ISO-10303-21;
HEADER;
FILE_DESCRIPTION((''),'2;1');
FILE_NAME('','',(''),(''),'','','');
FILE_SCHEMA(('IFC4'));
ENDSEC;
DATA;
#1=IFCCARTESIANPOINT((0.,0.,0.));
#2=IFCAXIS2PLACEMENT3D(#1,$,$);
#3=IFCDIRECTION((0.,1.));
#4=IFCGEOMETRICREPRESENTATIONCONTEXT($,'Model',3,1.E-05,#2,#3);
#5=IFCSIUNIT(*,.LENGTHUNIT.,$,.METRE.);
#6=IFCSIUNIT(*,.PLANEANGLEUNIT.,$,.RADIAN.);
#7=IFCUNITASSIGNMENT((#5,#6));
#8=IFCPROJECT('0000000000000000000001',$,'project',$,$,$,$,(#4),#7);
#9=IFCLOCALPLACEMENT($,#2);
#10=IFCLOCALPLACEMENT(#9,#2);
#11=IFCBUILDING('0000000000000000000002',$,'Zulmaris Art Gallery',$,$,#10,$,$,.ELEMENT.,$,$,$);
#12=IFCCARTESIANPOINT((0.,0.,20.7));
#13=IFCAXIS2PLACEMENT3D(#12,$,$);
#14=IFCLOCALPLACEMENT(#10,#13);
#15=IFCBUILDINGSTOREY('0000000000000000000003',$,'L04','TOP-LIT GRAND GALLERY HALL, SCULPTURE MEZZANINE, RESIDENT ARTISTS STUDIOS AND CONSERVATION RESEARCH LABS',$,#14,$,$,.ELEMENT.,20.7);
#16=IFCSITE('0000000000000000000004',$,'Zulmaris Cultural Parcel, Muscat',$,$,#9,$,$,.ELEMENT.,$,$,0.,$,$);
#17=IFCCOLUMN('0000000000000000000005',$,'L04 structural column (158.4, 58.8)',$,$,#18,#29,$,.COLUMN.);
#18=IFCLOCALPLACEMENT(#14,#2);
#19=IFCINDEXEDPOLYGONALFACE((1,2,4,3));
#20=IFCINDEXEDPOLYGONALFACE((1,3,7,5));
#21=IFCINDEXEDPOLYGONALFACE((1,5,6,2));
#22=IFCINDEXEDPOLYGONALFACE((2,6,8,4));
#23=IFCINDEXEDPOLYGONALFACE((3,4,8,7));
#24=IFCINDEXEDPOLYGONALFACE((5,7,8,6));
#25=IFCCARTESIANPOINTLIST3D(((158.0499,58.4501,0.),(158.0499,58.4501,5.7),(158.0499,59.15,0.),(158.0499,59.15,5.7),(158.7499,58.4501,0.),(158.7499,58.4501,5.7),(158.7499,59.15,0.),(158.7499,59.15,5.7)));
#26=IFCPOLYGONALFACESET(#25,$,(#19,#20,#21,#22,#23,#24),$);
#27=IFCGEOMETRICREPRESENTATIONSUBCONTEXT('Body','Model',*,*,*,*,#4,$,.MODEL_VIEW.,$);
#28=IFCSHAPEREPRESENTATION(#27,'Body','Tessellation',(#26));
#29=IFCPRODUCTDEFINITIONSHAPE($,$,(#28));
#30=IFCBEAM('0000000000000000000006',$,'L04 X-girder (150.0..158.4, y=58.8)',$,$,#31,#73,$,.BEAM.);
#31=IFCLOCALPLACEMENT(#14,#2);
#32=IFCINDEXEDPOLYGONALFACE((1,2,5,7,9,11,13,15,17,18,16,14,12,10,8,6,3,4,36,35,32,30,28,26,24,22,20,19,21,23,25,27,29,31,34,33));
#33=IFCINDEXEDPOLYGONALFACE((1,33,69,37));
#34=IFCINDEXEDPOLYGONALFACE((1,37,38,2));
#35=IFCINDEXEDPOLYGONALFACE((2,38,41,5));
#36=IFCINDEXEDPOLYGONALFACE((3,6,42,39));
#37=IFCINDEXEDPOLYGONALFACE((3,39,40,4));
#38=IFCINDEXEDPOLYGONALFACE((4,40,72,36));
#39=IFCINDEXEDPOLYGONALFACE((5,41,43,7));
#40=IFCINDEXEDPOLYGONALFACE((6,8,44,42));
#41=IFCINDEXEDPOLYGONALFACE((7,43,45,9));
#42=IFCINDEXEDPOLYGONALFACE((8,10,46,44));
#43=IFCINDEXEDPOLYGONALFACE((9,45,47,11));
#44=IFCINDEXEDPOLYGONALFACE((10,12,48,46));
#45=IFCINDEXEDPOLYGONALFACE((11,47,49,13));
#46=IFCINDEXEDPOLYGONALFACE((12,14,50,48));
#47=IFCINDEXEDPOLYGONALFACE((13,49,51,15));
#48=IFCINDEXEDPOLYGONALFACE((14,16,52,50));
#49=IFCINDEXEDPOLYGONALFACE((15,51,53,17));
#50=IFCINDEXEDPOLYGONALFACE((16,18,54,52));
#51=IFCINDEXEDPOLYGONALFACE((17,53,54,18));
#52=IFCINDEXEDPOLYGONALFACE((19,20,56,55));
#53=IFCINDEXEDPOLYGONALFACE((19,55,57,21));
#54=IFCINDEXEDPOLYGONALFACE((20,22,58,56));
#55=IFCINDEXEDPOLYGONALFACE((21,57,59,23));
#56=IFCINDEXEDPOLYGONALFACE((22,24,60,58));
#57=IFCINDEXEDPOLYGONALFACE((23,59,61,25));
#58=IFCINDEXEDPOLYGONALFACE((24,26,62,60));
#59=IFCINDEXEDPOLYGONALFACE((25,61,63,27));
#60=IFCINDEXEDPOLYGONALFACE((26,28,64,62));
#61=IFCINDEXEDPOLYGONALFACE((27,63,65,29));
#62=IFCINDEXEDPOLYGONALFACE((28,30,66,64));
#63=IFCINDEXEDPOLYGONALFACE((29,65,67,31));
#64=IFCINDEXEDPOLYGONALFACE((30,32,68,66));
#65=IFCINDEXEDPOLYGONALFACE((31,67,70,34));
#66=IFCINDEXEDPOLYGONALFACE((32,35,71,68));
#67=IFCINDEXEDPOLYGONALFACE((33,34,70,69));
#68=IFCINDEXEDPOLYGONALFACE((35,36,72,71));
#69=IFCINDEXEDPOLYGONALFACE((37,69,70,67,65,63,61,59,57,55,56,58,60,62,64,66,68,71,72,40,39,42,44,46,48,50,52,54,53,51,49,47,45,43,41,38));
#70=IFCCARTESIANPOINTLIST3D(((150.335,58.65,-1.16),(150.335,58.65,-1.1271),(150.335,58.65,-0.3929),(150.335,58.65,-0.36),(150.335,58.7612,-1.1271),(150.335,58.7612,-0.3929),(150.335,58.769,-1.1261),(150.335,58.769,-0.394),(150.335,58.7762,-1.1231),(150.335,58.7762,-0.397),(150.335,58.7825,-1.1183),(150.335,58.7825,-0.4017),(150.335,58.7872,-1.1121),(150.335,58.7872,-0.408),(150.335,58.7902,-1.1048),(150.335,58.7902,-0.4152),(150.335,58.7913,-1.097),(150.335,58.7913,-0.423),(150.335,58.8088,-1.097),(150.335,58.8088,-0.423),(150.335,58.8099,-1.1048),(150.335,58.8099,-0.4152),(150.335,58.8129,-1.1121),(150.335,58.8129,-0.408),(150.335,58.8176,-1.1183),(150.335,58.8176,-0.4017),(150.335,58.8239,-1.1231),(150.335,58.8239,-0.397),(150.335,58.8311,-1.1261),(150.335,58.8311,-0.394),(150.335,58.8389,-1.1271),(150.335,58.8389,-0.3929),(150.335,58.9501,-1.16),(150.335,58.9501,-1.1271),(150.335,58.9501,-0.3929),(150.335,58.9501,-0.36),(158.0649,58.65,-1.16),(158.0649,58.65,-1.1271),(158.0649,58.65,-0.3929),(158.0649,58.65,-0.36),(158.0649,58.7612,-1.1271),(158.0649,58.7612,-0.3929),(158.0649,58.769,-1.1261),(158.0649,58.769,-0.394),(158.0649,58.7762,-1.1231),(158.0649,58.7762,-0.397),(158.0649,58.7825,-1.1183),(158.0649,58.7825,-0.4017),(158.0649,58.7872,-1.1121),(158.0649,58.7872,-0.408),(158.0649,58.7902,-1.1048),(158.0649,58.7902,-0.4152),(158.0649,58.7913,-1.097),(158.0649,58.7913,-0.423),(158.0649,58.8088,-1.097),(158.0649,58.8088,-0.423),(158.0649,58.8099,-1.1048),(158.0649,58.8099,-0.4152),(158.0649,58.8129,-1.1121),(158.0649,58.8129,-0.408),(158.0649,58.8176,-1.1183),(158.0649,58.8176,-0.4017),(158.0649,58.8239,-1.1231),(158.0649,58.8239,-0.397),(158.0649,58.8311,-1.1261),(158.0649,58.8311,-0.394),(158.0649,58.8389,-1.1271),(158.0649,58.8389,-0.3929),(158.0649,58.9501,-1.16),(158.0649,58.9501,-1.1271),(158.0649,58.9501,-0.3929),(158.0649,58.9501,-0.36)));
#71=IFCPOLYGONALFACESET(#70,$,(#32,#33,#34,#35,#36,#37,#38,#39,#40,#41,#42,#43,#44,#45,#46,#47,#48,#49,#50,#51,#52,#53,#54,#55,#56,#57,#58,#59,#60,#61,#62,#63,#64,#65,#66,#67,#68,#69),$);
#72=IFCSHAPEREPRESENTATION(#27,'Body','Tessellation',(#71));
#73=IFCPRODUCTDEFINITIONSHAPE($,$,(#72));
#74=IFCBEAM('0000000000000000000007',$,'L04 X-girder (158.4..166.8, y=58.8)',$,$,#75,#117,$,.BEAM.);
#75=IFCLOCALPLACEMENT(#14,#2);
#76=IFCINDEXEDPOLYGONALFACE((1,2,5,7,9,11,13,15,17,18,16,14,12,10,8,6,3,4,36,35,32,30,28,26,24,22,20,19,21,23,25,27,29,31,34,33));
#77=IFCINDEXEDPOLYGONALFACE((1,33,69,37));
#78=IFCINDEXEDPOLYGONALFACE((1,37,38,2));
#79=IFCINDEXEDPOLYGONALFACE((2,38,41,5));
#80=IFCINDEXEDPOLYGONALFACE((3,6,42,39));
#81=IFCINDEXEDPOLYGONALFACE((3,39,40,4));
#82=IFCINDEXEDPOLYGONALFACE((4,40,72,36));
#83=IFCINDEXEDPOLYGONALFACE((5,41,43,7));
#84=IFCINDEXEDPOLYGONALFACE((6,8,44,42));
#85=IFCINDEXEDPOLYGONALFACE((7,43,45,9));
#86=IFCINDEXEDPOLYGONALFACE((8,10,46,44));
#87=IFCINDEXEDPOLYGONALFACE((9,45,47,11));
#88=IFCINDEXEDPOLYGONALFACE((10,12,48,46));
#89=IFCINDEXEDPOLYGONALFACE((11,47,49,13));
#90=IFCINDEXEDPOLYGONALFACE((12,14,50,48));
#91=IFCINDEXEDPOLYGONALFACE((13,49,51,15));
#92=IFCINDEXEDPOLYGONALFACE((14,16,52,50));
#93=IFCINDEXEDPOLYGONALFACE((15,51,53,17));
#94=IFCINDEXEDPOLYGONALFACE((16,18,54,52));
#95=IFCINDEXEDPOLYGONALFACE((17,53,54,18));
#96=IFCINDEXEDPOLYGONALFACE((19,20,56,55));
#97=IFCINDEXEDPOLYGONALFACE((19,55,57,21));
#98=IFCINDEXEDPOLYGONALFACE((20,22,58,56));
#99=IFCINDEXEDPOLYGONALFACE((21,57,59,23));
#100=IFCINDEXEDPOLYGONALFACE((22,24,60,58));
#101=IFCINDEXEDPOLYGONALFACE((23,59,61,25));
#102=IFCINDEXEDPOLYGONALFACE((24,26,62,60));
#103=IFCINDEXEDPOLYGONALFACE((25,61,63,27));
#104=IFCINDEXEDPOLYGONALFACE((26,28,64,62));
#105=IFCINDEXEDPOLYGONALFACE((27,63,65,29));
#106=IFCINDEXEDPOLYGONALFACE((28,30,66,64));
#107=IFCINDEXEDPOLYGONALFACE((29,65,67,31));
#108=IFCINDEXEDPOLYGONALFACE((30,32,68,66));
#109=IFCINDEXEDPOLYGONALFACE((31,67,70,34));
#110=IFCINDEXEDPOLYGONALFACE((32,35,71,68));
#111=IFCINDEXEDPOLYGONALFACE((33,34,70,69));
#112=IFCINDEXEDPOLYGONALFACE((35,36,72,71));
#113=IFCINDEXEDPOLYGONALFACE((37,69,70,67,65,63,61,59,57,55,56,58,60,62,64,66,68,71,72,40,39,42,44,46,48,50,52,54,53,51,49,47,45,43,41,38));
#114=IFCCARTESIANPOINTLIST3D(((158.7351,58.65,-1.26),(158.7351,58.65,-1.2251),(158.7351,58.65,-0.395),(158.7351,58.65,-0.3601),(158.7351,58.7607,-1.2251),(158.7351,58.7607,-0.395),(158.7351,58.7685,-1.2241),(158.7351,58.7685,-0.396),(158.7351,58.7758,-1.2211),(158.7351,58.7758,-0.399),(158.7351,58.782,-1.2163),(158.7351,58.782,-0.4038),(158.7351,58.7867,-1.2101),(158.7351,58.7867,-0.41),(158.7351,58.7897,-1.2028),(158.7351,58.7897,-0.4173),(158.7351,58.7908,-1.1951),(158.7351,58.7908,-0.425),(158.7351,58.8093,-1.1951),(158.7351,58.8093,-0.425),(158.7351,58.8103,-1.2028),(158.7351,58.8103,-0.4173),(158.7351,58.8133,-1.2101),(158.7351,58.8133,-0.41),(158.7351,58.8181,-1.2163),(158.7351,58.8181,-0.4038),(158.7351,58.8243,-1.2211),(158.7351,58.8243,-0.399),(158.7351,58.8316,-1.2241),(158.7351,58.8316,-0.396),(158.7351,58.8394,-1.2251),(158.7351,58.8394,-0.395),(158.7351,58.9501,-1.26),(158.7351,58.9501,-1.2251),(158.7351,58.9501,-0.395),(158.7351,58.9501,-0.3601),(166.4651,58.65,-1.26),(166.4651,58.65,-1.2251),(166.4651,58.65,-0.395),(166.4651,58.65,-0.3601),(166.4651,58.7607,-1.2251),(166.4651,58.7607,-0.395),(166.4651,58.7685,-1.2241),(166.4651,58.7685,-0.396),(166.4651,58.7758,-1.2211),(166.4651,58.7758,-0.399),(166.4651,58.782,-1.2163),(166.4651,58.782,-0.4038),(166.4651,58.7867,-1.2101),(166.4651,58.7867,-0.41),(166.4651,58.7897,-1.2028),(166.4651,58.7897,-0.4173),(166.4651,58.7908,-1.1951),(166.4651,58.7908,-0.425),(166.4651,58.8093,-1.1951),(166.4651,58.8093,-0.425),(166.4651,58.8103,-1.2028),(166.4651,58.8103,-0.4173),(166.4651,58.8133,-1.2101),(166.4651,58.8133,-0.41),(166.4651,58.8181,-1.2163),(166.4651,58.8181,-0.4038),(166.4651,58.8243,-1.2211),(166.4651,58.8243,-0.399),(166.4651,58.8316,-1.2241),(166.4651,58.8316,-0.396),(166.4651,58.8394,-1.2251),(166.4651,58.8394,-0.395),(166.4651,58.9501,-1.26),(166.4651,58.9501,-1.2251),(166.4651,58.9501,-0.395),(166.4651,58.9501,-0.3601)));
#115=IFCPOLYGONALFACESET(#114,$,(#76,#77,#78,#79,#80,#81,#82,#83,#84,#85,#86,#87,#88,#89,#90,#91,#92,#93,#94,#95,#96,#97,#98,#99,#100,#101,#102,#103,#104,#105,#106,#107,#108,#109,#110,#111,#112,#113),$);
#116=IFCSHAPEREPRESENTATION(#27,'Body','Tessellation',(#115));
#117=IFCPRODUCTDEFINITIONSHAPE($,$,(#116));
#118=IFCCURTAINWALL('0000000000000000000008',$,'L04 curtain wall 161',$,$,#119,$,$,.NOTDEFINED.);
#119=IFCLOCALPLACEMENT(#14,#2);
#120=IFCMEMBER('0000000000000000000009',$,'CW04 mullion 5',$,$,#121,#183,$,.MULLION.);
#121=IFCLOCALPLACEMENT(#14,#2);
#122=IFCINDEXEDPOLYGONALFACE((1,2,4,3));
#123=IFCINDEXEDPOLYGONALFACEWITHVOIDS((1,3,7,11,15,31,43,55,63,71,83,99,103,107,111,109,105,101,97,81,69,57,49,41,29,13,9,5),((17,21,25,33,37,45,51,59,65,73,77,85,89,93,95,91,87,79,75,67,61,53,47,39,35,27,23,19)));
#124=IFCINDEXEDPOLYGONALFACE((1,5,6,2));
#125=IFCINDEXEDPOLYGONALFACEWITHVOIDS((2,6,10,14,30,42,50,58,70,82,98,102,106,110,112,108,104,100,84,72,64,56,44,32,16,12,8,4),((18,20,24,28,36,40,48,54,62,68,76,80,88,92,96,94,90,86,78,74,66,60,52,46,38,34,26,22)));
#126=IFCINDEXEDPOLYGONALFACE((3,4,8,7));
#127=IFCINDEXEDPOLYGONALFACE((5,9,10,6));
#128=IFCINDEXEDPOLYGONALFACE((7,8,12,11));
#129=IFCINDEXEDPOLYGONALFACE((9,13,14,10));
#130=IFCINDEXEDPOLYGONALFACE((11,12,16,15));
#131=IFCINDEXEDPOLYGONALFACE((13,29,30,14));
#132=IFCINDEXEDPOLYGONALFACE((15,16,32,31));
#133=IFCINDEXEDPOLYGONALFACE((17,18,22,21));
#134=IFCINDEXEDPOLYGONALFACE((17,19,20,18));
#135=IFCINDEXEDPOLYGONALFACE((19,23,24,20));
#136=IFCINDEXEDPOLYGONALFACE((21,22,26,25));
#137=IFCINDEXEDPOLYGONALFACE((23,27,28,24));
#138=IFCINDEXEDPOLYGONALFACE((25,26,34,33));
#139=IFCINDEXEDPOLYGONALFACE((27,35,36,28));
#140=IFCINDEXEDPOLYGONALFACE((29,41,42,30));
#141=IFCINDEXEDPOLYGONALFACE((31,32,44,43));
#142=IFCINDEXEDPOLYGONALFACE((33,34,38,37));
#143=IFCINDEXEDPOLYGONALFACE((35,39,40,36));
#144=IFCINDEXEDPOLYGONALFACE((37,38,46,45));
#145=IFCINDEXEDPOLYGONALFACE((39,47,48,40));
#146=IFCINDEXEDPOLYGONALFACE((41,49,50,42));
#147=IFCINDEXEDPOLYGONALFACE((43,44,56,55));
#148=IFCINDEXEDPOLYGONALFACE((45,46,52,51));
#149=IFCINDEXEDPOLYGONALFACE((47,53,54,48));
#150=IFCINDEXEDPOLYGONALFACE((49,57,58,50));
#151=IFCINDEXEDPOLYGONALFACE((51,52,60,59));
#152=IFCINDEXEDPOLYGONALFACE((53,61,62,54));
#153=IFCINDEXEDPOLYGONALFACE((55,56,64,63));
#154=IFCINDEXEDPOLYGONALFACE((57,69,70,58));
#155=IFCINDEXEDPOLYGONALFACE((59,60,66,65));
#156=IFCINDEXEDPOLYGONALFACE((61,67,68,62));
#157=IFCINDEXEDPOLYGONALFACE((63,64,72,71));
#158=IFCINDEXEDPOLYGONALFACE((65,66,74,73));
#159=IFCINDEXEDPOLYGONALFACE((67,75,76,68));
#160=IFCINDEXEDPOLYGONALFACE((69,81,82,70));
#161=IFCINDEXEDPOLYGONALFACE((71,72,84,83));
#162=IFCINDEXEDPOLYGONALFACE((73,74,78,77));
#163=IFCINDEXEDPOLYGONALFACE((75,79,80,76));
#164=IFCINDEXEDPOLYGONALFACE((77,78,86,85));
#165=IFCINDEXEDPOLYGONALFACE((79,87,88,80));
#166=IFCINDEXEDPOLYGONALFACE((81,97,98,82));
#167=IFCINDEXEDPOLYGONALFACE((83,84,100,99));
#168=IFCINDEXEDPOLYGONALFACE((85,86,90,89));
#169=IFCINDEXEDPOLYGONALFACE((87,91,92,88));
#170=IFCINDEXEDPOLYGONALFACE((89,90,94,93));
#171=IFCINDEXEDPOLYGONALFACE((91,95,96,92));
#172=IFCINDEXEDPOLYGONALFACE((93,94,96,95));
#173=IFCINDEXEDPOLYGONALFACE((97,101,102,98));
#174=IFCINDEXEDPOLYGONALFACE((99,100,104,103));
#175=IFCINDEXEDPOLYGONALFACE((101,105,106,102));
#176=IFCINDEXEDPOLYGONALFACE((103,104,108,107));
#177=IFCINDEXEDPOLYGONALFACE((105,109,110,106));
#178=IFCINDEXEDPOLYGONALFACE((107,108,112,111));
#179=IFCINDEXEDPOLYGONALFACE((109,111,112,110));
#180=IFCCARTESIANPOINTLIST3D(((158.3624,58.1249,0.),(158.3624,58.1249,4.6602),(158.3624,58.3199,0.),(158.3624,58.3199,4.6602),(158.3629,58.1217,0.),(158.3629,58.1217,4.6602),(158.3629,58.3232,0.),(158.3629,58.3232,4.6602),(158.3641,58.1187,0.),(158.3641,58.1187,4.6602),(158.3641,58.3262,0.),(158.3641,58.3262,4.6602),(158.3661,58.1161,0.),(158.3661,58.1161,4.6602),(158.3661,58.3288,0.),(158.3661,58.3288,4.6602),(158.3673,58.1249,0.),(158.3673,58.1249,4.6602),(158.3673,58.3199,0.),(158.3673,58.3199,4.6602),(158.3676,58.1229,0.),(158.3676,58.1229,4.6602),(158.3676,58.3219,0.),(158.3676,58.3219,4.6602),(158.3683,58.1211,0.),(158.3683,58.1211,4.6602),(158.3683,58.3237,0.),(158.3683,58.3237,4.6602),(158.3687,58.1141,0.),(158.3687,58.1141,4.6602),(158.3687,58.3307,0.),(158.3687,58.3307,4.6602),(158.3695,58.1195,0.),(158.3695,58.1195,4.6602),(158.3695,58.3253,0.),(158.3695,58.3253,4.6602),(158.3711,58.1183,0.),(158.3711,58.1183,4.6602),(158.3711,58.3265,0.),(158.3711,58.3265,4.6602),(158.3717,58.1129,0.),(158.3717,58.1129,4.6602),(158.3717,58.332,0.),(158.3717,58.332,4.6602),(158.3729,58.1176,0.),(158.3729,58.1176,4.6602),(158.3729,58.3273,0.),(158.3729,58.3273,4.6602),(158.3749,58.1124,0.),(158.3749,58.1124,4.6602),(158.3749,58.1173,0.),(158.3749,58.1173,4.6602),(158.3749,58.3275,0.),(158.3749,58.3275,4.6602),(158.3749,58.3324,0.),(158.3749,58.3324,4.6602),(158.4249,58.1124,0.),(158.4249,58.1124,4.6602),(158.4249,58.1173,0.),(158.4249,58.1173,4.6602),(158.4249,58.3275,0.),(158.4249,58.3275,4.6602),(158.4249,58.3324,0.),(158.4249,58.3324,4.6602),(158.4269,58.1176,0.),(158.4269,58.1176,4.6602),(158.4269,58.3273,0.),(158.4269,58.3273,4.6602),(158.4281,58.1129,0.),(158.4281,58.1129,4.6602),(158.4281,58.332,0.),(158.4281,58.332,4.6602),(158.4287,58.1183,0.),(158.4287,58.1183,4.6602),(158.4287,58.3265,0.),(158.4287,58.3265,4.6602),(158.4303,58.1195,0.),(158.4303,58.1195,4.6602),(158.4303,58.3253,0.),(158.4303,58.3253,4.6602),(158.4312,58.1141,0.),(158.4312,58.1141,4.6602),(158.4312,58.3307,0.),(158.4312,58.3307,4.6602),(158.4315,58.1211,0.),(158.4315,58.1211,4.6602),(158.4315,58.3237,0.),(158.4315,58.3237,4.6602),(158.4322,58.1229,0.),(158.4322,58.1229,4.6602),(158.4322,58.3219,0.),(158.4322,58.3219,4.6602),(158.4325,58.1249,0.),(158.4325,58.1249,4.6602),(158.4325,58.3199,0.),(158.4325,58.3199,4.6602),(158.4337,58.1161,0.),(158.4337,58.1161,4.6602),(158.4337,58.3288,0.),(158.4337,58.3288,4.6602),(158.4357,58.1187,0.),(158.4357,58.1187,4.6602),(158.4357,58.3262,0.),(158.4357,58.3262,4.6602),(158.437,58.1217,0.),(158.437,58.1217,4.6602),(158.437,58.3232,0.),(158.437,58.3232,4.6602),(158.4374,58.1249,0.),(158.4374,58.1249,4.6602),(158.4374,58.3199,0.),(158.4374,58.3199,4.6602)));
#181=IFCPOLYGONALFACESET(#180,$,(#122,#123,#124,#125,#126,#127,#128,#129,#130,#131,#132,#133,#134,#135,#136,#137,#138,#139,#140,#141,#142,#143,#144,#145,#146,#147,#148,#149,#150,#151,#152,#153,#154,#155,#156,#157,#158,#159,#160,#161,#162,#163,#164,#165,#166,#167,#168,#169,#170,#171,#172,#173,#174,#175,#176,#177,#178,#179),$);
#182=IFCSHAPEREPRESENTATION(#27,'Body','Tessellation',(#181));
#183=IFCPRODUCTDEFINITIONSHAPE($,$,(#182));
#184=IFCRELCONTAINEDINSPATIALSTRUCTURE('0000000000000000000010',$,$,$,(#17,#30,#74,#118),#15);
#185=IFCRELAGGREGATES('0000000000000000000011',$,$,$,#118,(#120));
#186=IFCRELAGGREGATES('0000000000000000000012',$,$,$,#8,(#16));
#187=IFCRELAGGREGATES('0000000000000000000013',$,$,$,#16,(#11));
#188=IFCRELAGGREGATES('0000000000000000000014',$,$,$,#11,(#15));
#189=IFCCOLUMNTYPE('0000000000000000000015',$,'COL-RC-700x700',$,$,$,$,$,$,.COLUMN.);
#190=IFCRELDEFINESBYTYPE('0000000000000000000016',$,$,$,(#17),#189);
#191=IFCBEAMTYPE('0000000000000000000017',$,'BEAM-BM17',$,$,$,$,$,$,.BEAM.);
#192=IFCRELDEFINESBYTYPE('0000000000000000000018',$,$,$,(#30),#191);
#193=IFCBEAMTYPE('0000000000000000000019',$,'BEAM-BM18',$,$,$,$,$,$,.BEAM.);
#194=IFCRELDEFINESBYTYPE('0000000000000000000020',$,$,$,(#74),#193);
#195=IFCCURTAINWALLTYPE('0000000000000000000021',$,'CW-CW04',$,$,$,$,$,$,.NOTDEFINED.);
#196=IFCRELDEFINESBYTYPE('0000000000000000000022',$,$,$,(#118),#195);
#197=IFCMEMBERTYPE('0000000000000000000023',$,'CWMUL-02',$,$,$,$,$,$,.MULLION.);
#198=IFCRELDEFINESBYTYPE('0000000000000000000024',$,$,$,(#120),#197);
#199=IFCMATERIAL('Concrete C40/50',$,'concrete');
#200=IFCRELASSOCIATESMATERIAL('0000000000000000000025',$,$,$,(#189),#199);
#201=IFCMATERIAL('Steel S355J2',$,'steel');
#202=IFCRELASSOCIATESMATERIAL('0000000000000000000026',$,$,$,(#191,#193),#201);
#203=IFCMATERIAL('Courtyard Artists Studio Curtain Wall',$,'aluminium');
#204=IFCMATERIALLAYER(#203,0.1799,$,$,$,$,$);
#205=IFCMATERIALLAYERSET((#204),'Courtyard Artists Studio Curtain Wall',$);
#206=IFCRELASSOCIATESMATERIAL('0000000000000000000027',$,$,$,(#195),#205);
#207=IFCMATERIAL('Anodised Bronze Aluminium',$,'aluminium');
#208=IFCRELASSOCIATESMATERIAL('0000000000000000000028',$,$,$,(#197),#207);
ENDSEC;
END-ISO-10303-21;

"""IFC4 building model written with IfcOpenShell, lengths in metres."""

from ifc_helpers import new_model, si_unit, direction, frame, origin, origin_2d, place, context, subcontext, project, spatial, rectangle, hollow_rectangle, i_section, extrude, material, layer, layer_set, material_profile, profile_set, type_object, element, aggregate, save


model = new_model("IFC4")

# Units and contexts
model_context = context("Model", 3, precision=1e-05, world=origin(), true_north=direction((0.0, 1.0)))
body_context = subcontext(model_context, "Body", "Model", "MODEL_VIEW")
ifc_project = project(units=[si_unit("LENGTHUNIT", "METRE"), si_unit("PLANEANGLEUNIT", "RADIAN")], contexts=[model_context])

# Site, building, storey
site_placement = place(None, origin())
site = spatial("IfcSite", under=ifc_project, at=site_placement, Name="Zulmaris Cultural Parcel, Muscat", CompositionType="ELEMENT", RefElevation=0.0)
building_placement = place(site_placement, origin())
building = spatial("IfcBuilding", under=site, at=building_placement, Name="Zulmaris Art Gallery", CompositionType="ELEMENT")
storey_placement = place(building_placement, frame((0.0, 0.0, 20.7)))
storey = spatial("IfcBuildingStorey", under=building, at=storey_placement, Name="L04", Description="TOP-LIT GRAND GALLERY HALL, SCULPTURE MEZZANINE, RESIDENT ARTISTS STUDIOS AND CONSERVATION RESEARCH LABS", CompositionType="ELEMENT", Elevation=20.7)

# Column
ifc_material_1 = material(Name="Concrete C40/50", Category="concrete")
ifc_material_profile_1 = material_profile(ifc_material_1, rectangle(XDim=0.7, YDim=0.7, at=origin_2d()), Name="RC 700x700")
ifc_profile_set_1 = profile_set([ifc_material_profile_1], Name="Concrete C40/50")
column_type = type_object("IfcColumnType", Name="COL-RC-700x700", PredefinedType="COLUMN", material=ifc_profile_set_1)
column_placement = place(storey_placement, frame((158.3999, 58.8, 0.0), z_axis=(0.0, 0.0, 1.0), x_axis=(1.0, 0.0, 0.0)))
element("IfcColumn", 1, at=column_placement, inside=storey, type_object=column_type, Name="L04 structural column (158.4, 58.8)", PredefinedType="COLUMN", context=body_context, shape_type="SweptSolid", body=[
    extrude(rectangle(XDim=0.7, YDim=0.7, at=origin_2d()), origin(), (0.0, 0.0, 1.0), 5.7),
])

# Beams
ifc_material_2 = material(Name="Steel S355J2", Category="steel")
ifc_material_profile_2 = material_profile(ifc_material_2, i_section(OverallWidth=0.3, OverallDepth=0.8, WebThickness=0.0176, FlangeThickness=0.033, FilletRadius=0.03, at=origin_2d()), Name="HEB 800")
ifc_profile_set_2 = profile_set([ifc_material_profile_2], Name="Steel S355J2")
beam_type_1 = type_object("IfcBeamType", Name="BEAM-BM17", PredefinedType="BEAM", material=ifc_profile_set_2)
beam_1_placement = place(storey_placement, frame((150.335, 58.8, -0.76), z_axis=(1.0, 0.0, 0.0), x_axis=(0.0, 1.0, 0.0)))
element("IfcBeam", 2, at=beam_1_placement, inside=storey, type_object=beam_type_1, Name="L04 X-girder (150.0..158.4, y=58.8)", PredefinedType="BEAM", context=body_context, shape_type="SweptSolid", body=[
    extrude(i_section(OverallWidth=0.3, OverallDepth=0.8, WebThickness=0.0176, FlangeThickness=0.033, FilletRadius=0.03, at=origin_2d()), origin(), (0.0, 0.0, 1.0), 7.73),
])
ifc_material_profile_3 = material_profile(ifc_material_2, i_section(OverallWidth=0.3, OverallDepth=0.8999, WebThickness=0.0186, FlangeThickness=0.0349, FilletRadius=0.03, at=origin_2d()), Name="HEB 900")
ifc_profile_set_3 = profile_set([ifc_material_profile_3], Name="Steel S355J2")
beam_type_2 = type_object("IfcBeamType", Name="BEAM-BM18", PredefinedType="BEAM", material=ifc_profile_set_3)
beam_2_placement = place(storey_placement, frame((158.7351, 58.8, -0.8101), z_axis=(1.0, 0.0, 0.0), x_axis=(0.0, 1.0, 0.0)))
element("IfcBeam", 3, at=beam_2_placement, inside=storey, type_object=beam_type_2, Name="L04 X-girder (158.4..166.8, y=58.8)", PredefinedType="BEAM", context=body_context, shape_type="SweptSolid", body=[
    extrude(i_section(OverallWidth=0.3, OverallDepth=0.8999, WebThickness=0.0186, FlangeThickness=0.0349, FilletRadius=0.03, at=origin_2d()), origin(), (0.0, 0.0, 1.0), 7.73),
])

# Curtain wall, member
ifc_material_3 = material(Name="Courtyard Artists Studio Curtain Wall", Category="aluminium")
ifc_layer_1 = layer(ifc_material_3, 0.1799)
ifc_layer_set_1 = layer_set([ifc_layer_1], Name="Courtyard Artists Studio Curtain Wall")
curtain_wall_type = type_object("IfcCurtainWallType", Name="CW-CW04", PredefinedType="NOTDEFINED", material=ifc_layer_set_1)
curtain_wall_1_placement = place(storey_placement, origin())
curtain_wall_1 = element("IfcCurtainWall", 4, at=curtain_wall_1_placement, inside=storey, type_object=curtain_wall_type, Name="L04 curtain wall 161", PredefinedType="NOTDEFINED")
ifc_material_4 = material(Name="Anodised Bronze Aluminium", Category="aluminium")
ifc_material_profile_4 = material_profile(ifc_material_4, hollow_rectangle(XDim=0.075, YDim=0.22, WallThickness=0.0049, InnerFilletRadius=0.0076, OuterFilletRadius=0.0125, at=origin_2d()), Name="ALU 75x220x5")
ifc_profile_set_4 = profile_set([ifc_material_profile_4], Name="Anodised Bronze Aluminium")
member_type_1 = type_object("IfcMemberType", Name="CWMUL-02", PredefinedType="MULLION", material=ifc_profile_set_4)
member_1_placement = place(storey_placement, frame((158.3999, 58.2224, 0.0), z_axis=(0.0, 0.0, 1.0), x_axis=(-1.0, 0.0, 0.0)))
member_1 = element("IfcMember", 5, at=member_1_placement, type_object=member_type_1, Name="CW04 mullion 5", PredefinedType="MULLION", context=body_context, shape_type="SweptSolid", body=[
    extrude(hollow_rectangle(XDim=0.075, YDim=0.22, WallThickness=0.0049, InnerFilletRadius=0.0076, OuterFilletRadius=0.0125, at=origin_2d()), origin(), (0.0, 0.0, 1.0), 4.6602),
])
aggregate(curtain_wall_1, [member_1])

save(model, "model.ifc")
